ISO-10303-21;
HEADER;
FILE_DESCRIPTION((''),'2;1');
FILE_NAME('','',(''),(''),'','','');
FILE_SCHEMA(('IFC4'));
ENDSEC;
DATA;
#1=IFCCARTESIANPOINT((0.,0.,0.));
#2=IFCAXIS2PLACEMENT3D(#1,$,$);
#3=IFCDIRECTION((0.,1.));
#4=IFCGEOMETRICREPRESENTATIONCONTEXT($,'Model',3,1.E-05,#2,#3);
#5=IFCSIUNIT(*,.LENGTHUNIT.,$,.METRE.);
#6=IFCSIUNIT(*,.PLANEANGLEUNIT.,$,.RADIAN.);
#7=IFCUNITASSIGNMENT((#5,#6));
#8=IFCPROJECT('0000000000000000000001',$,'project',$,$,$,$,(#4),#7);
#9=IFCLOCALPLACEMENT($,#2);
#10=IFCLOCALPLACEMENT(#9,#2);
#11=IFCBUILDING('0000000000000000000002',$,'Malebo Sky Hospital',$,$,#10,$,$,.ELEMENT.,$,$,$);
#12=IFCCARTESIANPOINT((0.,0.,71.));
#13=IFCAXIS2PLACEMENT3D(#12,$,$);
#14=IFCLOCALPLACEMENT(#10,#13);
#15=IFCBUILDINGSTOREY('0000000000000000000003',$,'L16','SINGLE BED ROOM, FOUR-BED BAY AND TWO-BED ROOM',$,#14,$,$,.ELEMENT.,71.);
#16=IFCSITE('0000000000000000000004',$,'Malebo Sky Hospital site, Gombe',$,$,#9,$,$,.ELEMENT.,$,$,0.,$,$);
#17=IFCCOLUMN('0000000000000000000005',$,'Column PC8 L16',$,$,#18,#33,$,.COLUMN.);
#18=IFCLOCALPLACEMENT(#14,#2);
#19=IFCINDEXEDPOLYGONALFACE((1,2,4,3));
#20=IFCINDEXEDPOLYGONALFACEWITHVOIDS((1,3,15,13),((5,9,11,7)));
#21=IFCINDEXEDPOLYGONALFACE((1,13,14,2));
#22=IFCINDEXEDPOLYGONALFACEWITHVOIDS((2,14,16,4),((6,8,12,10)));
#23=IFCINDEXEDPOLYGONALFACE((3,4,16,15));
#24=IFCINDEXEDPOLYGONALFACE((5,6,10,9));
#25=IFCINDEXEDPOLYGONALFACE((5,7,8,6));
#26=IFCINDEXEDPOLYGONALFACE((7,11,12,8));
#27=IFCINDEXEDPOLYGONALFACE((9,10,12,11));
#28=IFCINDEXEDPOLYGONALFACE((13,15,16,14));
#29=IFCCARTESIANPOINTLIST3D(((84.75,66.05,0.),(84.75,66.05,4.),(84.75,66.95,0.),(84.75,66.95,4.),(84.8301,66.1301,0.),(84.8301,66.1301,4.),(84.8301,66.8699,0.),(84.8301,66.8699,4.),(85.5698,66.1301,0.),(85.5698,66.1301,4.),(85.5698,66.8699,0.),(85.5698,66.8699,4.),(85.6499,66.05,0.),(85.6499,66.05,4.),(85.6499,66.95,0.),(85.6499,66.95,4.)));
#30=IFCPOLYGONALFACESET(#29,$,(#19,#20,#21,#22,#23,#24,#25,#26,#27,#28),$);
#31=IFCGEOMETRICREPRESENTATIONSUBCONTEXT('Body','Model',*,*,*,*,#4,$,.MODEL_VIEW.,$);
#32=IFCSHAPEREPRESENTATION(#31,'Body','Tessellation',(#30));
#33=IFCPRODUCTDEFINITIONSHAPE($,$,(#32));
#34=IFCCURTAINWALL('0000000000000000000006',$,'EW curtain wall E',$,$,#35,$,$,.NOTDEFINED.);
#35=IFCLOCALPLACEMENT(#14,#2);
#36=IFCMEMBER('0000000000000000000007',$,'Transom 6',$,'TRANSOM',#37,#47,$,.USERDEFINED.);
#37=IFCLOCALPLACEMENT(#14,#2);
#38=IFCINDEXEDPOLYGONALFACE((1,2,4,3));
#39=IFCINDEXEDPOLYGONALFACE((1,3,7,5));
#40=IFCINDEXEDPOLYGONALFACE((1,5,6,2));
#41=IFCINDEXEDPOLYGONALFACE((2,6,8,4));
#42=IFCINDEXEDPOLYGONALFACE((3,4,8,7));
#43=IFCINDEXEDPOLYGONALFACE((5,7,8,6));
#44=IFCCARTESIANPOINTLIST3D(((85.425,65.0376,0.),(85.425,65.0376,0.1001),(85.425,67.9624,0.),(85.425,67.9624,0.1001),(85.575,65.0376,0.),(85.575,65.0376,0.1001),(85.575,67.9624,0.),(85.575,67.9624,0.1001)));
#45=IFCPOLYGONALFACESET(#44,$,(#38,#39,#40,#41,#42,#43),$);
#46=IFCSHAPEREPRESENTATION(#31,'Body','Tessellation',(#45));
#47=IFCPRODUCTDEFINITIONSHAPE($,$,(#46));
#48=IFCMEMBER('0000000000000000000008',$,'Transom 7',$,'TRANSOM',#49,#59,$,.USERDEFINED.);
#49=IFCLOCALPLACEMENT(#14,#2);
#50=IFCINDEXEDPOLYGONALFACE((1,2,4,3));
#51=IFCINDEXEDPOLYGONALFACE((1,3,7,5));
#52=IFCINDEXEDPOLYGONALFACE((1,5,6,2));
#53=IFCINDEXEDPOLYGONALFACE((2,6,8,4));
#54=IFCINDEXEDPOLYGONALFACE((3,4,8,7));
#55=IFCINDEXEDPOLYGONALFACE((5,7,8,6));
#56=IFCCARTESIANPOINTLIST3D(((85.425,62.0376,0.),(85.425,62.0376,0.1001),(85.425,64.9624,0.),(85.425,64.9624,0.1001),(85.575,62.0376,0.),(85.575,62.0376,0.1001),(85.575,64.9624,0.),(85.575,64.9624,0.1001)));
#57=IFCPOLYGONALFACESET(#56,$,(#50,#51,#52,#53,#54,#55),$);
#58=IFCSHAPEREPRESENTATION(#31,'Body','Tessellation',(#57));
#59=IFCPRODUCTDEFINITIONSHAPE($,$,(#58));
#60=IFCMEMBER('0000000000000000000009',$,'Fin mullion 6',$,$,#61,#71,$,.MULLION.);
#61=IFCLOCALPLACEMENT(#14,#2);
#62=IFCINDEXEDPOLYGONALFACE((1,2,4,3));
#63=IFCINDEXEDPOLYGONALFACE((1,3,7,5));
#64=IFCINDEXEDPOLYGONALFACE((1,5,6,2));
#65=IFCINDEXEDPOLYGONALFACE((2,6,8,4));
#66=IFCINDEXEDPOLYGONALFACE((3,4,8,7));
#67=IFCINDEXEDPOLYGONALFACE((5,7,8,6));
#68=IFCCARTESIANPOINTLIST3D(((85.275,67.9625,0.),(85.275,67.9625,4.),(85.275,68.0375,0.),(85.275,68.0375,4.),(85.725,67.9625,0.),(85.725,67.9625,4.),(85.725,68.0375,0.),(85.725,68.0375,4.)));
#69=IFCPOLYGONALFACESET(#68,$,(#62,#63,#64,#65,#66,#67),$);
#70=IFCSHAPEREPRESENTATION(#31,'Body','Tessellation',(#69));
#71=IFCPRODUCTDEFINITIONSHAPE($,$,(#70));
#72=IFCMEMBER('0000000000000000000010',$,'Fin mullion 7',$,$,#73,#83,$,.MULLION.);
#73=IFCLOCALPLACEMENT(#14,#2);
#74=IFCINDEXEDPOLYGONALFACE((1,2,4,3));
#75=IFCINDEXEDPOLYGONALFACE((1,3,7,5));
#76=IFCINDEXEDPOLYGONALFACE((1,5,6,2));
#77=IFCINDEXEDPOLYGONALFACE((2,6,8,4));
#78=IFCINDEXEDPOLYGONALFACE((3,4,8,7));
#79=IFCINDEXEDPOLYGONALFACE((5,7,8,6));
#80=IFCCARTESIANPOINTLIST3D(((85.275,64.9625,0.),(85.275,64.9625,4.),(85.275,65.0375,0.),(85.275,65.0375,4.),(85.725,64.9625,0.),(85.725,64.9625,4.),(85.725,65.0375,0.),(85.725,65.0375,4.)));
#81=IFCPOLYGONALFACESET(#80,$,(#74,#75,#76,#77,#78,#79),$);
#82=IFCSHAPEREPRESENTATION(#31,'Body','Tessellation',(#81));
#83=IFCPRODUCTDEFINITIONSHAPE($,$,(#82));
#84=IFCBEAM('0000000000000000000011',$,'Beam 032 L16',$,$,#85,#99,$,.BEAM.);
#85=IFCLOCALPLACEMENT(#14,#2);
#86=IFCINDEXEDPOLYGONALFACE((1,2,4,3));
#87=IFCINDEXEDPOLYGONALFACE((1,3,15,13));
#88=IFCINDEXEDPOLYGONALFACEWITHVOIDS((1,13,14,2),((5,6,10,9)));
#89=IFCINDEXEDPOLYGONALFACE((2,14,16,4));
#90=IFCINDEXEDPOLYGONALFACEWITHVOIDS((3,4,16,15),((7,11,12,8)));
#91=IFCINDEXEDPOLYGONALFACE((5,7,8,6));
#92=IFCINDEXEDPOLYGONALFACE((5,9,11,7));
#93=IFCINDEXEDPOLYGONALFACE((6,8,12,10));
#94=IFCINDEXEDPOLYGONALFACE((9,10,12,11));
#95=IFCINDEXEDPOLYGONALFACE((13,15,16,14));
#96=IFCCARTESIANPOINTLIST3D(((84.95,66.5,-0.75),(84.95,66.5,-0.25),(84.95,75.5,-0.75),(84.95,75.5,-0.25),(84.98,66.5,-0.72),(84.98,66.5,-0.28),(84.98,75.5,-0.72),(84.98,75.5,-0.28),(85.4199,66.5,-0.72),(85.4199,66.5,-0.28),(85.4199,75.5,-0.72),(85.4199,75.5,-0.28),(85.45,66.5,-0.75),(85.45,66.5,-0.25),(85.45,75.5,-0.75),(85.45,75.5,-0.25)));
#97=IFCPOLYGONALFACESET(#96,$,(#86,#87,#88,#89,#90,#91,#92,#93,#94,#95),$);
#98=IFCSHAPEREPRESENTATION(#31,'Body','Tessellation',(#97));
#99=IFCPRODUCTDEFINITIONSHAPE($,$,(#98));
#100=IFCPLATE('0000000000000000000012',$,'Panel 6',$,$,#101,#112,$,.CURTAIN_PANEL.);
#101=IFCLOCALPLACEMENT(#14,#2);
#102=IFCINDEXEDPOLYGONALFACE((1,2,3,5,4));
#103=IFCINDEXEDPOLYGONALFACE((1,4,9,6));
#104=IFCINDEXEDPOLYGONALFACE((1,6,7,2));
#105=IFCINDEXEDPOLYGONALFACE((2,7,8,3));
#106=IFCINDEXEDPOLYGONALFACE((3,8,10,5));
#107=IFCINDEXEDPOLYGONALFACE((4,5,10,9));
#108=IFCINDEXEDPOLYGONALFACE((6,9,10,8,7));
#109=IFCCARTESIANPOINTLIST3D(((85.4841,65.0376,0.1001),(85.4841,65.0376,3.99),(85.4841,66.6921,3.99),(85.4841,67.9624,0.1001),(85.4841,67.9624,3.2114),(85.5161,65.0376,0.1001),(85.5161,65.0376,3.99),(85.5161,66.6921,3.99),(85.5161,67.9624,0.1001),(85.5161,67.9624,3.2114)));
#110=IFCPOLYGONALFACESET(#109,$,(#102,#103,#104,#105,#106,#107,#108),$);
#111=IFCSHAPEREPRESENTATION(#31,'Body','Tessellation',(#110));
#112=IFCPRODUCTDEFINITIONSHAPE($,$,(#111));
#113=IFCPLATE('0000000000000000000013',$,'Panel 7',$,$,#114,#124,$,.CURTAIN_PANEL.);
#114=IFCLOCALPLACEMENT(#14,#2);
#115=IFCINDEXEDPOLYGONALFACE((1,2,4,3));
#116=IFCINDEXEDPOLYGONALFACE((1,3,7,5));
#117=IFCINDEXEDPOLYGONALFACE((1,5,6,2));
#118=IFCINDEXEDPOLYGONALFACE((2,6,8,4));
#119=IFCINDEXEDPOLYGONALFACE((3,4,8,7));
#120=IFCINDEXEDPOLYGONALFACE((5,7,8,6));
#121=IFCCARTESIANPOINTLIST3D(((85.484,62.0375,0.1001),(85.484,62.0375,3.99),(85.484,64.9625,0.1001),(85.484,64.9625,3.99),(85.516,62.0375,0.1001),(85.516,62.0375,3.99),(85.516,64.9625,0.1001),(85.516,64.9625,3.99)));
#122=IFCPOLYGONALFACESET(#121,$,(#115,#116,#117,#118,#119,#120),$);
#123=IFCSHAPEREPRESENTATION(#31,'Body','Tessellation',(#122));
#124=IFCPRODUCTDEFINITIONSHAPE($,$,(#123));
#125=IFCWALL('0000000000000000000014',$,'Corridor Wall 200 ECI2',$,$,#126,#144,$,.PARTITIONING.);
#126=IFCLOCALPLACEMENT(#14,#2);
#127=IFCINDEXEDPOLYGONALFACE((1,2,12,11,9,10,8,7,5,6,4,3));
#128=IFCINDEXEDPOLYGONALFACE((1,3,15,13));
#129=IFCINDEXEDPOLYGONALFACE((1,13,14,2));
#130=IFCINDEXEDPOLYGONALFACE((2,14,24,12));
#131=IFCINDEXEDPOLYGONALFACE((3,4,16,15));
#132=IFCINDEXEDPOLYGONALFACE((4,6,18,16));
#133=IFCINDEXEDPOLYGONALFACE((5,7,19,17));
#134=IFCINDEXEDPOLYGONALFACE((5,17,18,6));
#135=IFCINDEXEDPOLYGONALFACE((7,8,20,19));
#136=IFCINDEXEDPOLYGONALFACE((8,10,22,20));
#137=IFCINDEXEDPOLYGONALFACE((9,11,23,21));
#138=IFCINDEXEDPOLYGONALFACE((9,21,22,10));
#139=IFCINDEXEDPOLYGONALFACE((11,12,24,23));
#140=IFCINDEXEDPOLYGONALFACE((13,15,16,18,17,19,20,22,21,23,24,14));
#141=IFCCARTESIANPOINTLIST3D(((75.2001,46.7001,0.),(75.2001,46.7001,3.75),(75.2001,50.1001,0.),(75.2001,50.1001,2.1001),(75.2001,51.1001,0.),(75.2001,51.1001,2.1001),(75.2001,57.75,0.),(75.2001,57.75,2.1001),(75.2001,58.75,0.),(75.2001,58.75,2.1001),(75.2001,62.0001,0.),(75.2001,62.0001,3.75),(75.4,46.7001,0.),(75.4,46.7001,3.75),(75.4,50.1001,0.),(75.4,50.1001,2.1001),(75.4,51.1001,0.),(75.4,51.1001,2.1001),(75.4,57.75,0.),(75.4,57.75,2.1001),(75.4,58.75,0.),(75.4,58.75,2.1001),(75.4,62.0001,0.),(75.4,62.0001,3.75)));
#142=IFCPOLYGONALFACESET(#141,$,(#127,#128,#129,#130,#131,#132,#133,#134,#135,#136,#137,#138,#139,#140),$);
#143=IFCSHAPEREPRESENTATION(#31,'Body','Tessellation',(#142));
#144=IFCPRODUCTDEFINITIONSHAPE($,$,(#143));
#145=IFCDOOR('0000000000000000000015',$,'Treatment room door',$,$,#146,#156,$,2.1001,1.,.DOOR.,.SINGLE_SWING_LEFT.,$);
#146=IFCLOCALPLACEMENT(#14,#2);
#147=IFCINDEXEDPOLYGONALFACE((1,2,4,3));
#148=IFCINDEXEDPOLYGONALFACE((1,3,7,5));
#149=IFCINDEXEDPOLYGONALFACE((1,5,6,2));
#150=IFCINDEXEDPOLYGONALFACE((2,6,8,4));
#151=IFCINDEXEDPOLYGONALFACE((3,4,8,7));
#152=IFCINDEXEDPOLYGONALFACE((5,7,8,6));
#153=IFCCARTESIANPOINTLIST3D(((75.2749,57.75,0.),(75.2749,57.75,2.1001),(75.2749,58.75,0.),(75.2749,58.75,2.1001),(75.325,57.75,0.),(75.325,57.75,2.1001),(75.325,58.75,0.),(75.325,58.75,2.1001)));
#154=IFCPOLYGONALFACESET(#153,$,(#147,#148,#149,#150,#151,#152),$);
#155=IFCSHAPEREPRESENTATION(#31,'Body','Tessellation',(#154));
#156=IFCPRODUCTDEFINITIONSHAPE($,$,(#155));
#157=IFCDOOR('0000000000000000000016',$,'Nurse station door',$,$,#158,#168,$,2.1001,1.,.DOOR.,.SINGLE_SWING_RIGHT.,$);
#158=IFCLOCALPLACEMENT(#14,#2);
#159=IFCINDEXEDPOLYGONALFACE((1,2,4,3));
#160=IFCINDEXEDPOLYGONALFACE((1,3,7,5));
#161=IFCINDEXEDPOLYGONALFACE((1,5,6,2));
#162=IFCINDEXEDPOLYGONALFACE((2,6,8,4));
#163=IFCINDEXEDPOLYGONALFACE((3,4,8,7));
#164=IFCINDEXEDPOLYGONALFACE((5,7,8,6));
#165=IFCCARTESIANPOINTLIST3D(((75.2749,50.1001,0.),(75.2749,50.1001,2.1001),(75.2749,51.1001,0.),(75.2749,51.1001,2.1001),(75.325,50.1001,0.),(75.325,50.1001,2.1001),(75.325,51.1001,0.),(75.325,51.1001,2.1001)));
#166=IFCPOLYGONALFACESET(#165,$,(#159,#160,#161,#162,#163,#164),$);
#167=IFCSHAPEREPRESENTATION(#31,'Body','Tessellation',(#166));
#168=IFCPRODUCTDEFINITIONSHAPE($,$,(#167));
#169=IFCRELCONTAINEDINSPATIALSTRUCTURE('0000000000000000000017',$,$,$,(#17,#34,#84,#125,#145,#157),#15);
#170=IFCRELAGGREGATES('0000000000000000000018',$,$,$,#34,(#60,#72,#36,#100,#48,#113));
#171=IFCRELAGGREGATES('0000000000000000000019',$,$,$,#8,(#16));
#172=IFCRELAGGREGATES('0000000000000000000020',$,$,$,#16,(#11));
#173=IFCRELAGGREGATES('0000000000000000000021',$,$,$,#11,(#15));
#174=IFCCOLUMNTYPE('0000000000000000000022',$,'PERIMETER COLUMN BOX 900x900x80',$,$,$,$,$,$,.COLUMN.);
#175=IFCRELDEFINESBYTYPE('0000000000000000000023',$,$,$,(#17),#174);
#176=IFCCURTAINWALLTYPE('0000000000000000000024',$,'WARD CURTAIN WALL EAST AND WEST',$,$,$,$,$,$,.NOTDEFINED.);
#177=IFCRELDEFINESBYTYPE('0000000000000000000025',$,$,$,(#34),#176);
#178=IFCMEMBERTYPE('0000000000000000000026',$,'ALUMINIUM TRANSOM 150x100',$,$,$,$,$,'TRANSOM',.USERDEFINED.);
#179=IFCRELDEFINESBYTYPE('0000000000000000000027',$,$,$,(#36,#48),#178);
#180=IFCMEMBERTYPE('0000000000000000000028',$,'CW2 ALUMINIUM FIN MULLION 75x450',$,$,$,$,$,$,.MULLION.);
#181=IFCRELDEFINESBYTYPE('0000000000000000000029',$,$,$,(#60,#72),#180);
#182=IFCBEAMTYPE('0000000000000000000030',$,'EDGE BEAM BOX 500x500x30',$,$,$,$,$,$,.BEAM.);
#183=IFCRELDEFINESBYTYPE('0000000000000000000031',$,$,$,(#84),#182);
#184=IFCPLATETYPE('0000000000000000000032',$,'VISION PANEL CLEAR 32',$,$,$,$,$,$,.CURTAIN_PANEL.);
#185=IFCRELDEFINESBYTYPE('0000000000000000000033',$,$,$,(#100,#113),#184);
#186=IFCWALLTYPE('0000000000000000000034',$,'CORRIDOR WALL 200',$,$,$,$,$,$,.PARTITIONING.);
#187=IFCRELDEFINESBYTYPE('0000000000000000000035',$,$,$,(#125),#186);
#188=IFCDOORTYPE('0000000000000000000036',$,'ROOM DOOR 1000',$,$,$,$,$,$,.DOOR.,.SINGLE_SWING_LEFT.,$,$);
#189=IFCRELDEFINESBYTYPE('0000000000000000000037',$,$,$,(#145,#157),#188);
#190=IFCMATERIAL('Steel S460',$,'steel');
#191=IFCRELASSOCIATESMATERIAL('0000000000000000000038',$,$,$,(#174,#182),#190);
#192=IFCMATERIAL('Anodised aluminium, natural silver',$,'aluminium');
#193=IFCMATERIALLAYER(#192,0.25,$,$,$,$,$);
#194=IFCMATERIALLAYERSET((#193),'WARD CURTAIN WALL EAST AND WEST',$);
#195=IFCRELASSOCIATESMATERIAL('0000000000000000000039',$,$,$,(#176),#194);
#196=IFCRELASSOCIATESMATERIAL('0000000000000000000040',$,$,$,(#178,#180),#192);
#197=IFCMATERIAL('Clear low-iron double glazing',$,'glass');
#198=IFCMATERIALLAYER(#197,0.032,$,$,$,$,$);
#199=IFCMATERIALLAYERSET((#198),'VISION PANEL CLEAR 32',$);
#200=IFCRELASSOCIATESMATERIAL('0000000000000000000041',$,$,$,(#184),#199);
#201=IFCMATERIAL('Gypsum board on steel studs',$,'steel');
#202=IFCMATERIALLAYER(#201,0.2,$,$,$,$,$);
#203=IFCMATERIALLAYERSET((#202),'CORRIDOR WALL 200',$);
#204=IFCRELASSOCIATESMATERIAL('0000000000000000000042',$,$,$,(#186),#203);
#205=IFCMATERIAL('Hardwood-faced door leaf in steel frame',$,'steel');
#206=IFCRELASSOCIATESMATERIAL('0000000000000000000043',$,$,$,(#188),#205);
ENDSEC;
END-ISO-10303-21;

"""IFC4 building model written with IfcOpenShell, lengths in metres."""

from ifc_helpers import new_model, si_unit, direction, frame, frame_2d, origin, origin_2d, place, context, subcontext, project, spatial, polyline, rectangle, hollow_rectangle, outline, extrude, material, layer, layer_set, material_profile, profile_set, type_object, element, fill, aggregate, save


model = new_model("IFC4")

# Units and contexts
model_context = context("Model", 3, precision=1e-05, world=origin(), true_north=direction((0.0, 1.0)))
body_context = subcontext(model_context, "Body", "Model", "MODEL_VIEW")
ifc_project = project(units=[si_unit("LENGTHUNIT", "METRE"), si_unit("PLANEANGLEUNIT", "RADIAN")], contexts=[model_context])

# Site, building, storey
site_placement = place(None, origin())
site = spatial("IfcSite", under=ifc_project, at=site_placement, Name="Malebo Sky Hospital site, Gombe", CompositionType="ELEMENT", RefElevation=0.0)
building_placement = place(site_placement, origin())
building = spatial("IfcBuilding", under=site, at=building_placement, Name="Malebo Sky Hospital", CompositionType="ELEMENT")
storey_placement = place(building_placement, frame((0.0, 0.0, 71.0)))
storey = spatial("IfcBuildingStorey", under=building, at=storey_placement, Name="L16", Description="SINGLE BED ROOM, FOUR-BED BAY AND TWO-BED ROOM", CompositionType="ELEMENT", Elevation=71.0)

# Column
ifc_material_1 = material(Name="Steel S460", Category="steel")
ifc_material_profile_1 = material_profile(ifc_material_1, hollow_rectangle(XDim=0.8999, YDim=0.8999, WallThickness=0.0801, at=origin_2d()), Name="BOX 900x900x80")
ifc_profile_set_1 = profile_set([ifc_material_profile_1], Name="Steel S460")
column_type = type_object("IfcColumnType", Name="PERIMETER COLUMN BOX 900x900x80", PredefinedType="COLUMN", material=ifc_profile_set_1)
column_placement = place(storey_placement, frame((85.2, 66.5, 0.0), z_axis=(0.0, 0.0, 1.0), x_axis=(1.0, 0.0, 0.0)))
element("IfcColumn", 1, at=column_placement, inside=storey, type_object=column_type, Name="Column PC8 L16", PredefinedType="COLUMN", context=body_context, shape_type="SweptSolid", body=[
    extrude(hollow_rectangle(XDim=0.8999, YDim=0.8999, WallThickness=0.0801, at=origin_2d()), origin(), (0.0, 0.0, 1.0), 4.0),
])

# Curtain wall, members
ifc_material_2 = material(Name="Anodised aluminium, natural silver", Category="aluminium")
ifc_layer_1 = layer(ifc_material_2, 0.25)
ifc_layer_set_1 = layer_set([ifc_layer_1], Name="WARD CURTAIN WALL EAST AND WEST")
curtain_wall_type = type_object("IfcCurtainWallType", Name="WARD CURTAIN WALL EAST AND WEST", PredefinedType="NOTDEFINED", material=ifc_layer_set_1)
curtain_wall_placement = place(storey_placement, origin())
curtain_wall = element("IfcCurtainWall", 2, at=curtain_wall_placement, inside=storey, type_object=curtain_wall_type, Name="EW curtain wall E", PredefinedType="NOTDEFINED")
ifc_material_profile_2 = material_profile(ifc_material_2, rectangle(XDim=0.1499, YDim=0.1001, at=origin_2d()), Name="ALUMINIUM TRANSOM 150x100")
ifc_profile_set_2 = profile_set([ifc_material_profile_2], Name="Anodised aluminium, natural silver")
member_type_1 = type_object("IfcMemberType", Name="ALUMINIUM TRANSOM 150x100", ElementType="TRANSOM", PredefinedType="USERDEFINED", material=ifc_profile_set_2)
member_1_placement = place(storey_placement, frame((85.5, 67.9624, 0.05), z_axis=(0.0, -1.0, 0.0), x_axis=(1.0, 0.0, 0.0)))
member_1 = element("IfcMember", 3, at=member_1_placement, type_object=member_type_1, Name="Transom 6", ObjectType="TRANSOM", PredefinedType="USERDEFINED", context=body_context, shape_type="SweptSolid", body=[
    extrude(rectangle(XDim=0.1499, YDim=0.1001, at=origin_2d()), origin(), (0.0, 0.0, 1.0), 2.9248),
])
member_2_placement = place(storey_placement, frame((85.5, 64.9624, 0.05), z_axis=(0.0, -1.0, 0.0), x_axis=(1.0, 0.0, 0.0)))
member_2 = element("IfcMember", 4, at=member_2_placement, type_object=member_type_1, Name="Transom 7", ObjectType="TRANSOM", PredefinedType="USERDEFINED", context=body_context, shape_type="SweptSolid", body=[
    extrude(rectangle(XDim=0.1499, YDim=0.1001, at=origin_2d()), origin(), (0.0, 0.0, 1.0), 2.9248),
])
ifc_material_profile_3 = material_profile(ifc_material_2, rectangle(XDim=0.075, YDim=0.45, at=origin_2d()), Name="CW2 ALUMINIUM FIN MULLION 75x450")
ifc_profile_set_3 = profile_set([ifc_material_profile_3], Name="Anodised aluminium, natural silver")
member_type_2 = type_object("IfcMemberType", Name="CW2 ALUMINIUM FIN MULLION 75x450", PredefinedType="MULLION", material=ifc_profile_set_3)
member_3_placement = place(storey_placement, frame((85.5, 68.0, 0.0), z_axis=(0.0, 0.0, 1.0), x_axis=(0.0, -1.0, 0.0)))
member_3 = element("IfcMember", 5, at=member_3_placement, type_object=member_type_2, Name="Fin mullion 6", PredefinedType="MULLION", context=body_context, shape_type="SweptSolid", body=[
    extrude(rectangle(XDim=0.075, YDim=0.45, at=origin_2d()), origin(), (0.0, 0.0, 1.0), 4.0),
])
member_4_placement = place(storey_placement, frame((85.5, 65.0, 0.0), z_axis=(0.0, 0.0, 1.0), x_axis=(0.0, -1.0, 0.0)))
member_4 = element("IfcMember", 6, at=member_4_placement, type_object=member_type_2, Name="Fin mullion 7", PredefinedType="MULLION", context=body_context, shape_type="SweptSolid", body=[
    extrude(rectangle(XDim=0.075, YDim=0.45, at=origin_2d()), origin(), (0.0, 0.0, 1.0), 4.0),
])

# Beam
ifc_material_profile_4 = material_profile(ifc_material_1, hollow_rectangle(XDim=0.5, YDim=0.5, WallThickness=0.03, at=origin_2d()), Name="BOX 500x500x30")
ifc_profile_set_4 = profile_set([ifc_material_profile_4], Name="Steel S460")
beam_type = type_object("IfcBeamType", Name="EDGE BEAM BOX 500x500x30", PredefinedType="BEAM", material=ifc_profile_set_4)
beam_placement = place(storey_placement, frame((85.2, 66.5, -0.5), z_axis=(0.0, 1.0, 0.0), x_axis=(-1.0, 0.0, 0.0)))
element("IfcBeam", 7, at=beam_placement, inside=storey, type_object=beam_type, Name="Beam 032 L16", PredefinedType="BEAM", context=body_context, shape_type="SweptSolid", body=[
    extrude(hollow_rectangle(XDim=0.5, YDim=0.5, WallThickness=0.03, at=origin_2d()), origin(), (0.0, 0.0, 1.0), 9.0),
])

# Plates
ifc_material_3 = material(Name="Clear low-iron double glazing", Category="glass")
ifc_layer_2 = layer(ifc_material_3, 0.032)
ifc_layer_set_2 = layer_set([ifc_layer_2], Name="VISION PANEL CLEAR 32")
plate_type = type_object("IfcPlateType", Name="VISION PANEL CLEAR 32", PredefinedType="CURTAIN_PANEL", material=ifc_layer_set_2)
plate_1_placement = place(storey_placement, frame((85.5, 66.5, 0.1001), z_axis=(0.0, 0.0, 1.0), x_axis=(0.0, -1.0, 0.0)))
plate_1 = element("IfcPlate", 8, at=plate_1_placement, type_object=plate_type, Name="Panel 6", PredefinedType="CURTAIN_PANEL", context=body_context, shape_type="SweptSolid", body=[
    extrude(outline(polyline([(-1.4624, 0.0), (1.4624, 0.0), (1.4624, 3.8899), (-0.1921, 3.8899), (-1.4624, 3.1113), (-1.4624, 0.0)])), frame((0.0, 0.0161, 0.0), z_axis=(0.0, -1.0, 0.0), x_axis=(1.0, 0.0, 0.0)), (0.0, 0.0, 1.0), 0.032),
])
plate_2_placement = place(storey_placement, frame((85.5, 63.5, 0.1001), z_axis=(0.0, 0.0, 1.0), x_axis=(0.0, -1.0, 0.0)))
plate_2 = element("IfcPlate", 9, at=plate_2_placement, type_object=plate_type, Name="Panel 7", PredefinedType="CURTAIN_PANEL", context=body_context, shape_type="SweptSolid", body=[
    extrude(rectangle(XDim=2.925, YDim=0.032, at=origin_2d()), origin(), (0.0, 0.0, 1.0), 3.8899),
])
aggregate(curtain_wall, [member_3, member_4, member_1, plate_1, member_2, plate_2])

# Wall, openings, doors
ifc_material_4 = material(Name="Gypsum board on steel studs", Category="steel")
ifc_layer_3 = layer(ifc_material_4, 0.2)
ifc_layer_set_3 = layer_set([ifc_layer_3], Name="CORRIDOR WALL 200")
wall_type_1 = type_object("IfcWallType", Name="CORRIDOR WALL 200", PredefinedType="PARTITIONING", material=ifc_layer_set_3)
wall_1_placement = place(storey_placement, frame((75.3, 62.0, 0.0), z_axis=(0.0, 0.0, 1.0), x_axis=(0.0, -1.0, 0.0)))
wall_1 = element("IfcWall", 10, at=wall_1_placement, inside=storey, type_object=wall_type_1, Name="Corridor Wall 200 ECI2", PredefinedType="PARTITIONING", context=body_context, shape_type="SweptSolid", body=[
    extrude(rectangle(XDim=15.3, YDim=0.2, at=frame_2d((7.6499, 0.0))), origin(), (0.0, 0.0, 1.0), 3.75),
])
opening_1_placement = place(wall_1_placement, frame((3.25, 0.0, 0.0)))
opening_1 = element("IfcOpeningElement", 11, at=opening_1_placement, cuts=wall_1, PredefinedType="OPENING", context=body_context, shape_type="SweptSolid", body=[
    extrude(rectangle(XDim=1.0, YDim=2.1001, at=frame_2d((0.5, 1.05))), frame((0.0, 0.1099, 0.0), z_axis=(0.0, -1.0, 0.0), x_axis=(1.0, 0.0, 0.0)), (0.0, 0.0, 1.0), 0.22),
])
opening_2_placement = place(wall_1_placement, frame((10.8999, 0.0, 0.0)))
opening_2 = element("IfcOpeningElement", 12, at=opening_2_placement, cuts=wall_1, PredefinedType="OPENING", context=body_context, shape_type="SweptSolid", body=[
    extrude(rectangle(XDim=1.0, YDim=2.1001, at=frame_2d((0.5, 1.05))), frame((0.0, 0.1099, 0.0), z_axis=(0.0, -1.0, 0.0), x_axis=(1.0, 0.0, 0.0)), (0.0, 0.0, 1.0), 0.22),
])
ifc_material_5 = material(Name="Hardwood-faced door leaf in steel frame", Category="steel")
door_type_1 = type_object("IfcDoorType", Name="ROOM DOOR 1000", OperationType="SINGLE_SWING_LEFT", PredefinedType="DOOR", material=ifc_material_5)
door_1_placement = place(opening_1_placement, origin())
door_1 = element("IfcDoor", 13, at=door_1_placement, inside=storey, type_object=door_type_1, Name="Treatment room door", OperationType="SINGLE_SWING_LEFT", OverallHeight=2.1001, OverallWidth=1.0, PredefinedType="DOOR", context=body_context, shape_type="SweptSolid", body=[
    extrude(rectangle(XDim=1.0, YDim=2.1001, at=frame_2d((0.5, 1.05))), frame((0.0, 0.0249, 0.0), z_axis=(0.0, -1.0, 0.0), x_axis=(1.0, 0.0, 0.0)), (0.0, 0.0, 1.0), 0.05),
])
fill(opening_1, door_1)
door_2_placement = place(opening_2_placement, origin())
door_2 = element("IfcDoor", 14, at=door_2_placement, inside=storey, type_object=door_type_1, Name="Nurse station door", OperationType="SINGLE_SWING_RIGHT", OverallHeight=2.1001, OverallWidth=1.0, PredefinedType="DOOR", context=body_context, shape_type="SweptSolid", body=[
    extrude(rectangle(XDim=1.0, YDim=2.1001, at=frame_2d((0.5, 1.05))), frame((0.0, 0.0249, 0.0), z_axis=(0.0, -1.0, 0.0), x_axis=(1.0, 0.0, 0.0)), (0.0, 0.0, 1.0), 0.05),
])
fill(opening_2, door_2)

save(model, "model.ifc")
